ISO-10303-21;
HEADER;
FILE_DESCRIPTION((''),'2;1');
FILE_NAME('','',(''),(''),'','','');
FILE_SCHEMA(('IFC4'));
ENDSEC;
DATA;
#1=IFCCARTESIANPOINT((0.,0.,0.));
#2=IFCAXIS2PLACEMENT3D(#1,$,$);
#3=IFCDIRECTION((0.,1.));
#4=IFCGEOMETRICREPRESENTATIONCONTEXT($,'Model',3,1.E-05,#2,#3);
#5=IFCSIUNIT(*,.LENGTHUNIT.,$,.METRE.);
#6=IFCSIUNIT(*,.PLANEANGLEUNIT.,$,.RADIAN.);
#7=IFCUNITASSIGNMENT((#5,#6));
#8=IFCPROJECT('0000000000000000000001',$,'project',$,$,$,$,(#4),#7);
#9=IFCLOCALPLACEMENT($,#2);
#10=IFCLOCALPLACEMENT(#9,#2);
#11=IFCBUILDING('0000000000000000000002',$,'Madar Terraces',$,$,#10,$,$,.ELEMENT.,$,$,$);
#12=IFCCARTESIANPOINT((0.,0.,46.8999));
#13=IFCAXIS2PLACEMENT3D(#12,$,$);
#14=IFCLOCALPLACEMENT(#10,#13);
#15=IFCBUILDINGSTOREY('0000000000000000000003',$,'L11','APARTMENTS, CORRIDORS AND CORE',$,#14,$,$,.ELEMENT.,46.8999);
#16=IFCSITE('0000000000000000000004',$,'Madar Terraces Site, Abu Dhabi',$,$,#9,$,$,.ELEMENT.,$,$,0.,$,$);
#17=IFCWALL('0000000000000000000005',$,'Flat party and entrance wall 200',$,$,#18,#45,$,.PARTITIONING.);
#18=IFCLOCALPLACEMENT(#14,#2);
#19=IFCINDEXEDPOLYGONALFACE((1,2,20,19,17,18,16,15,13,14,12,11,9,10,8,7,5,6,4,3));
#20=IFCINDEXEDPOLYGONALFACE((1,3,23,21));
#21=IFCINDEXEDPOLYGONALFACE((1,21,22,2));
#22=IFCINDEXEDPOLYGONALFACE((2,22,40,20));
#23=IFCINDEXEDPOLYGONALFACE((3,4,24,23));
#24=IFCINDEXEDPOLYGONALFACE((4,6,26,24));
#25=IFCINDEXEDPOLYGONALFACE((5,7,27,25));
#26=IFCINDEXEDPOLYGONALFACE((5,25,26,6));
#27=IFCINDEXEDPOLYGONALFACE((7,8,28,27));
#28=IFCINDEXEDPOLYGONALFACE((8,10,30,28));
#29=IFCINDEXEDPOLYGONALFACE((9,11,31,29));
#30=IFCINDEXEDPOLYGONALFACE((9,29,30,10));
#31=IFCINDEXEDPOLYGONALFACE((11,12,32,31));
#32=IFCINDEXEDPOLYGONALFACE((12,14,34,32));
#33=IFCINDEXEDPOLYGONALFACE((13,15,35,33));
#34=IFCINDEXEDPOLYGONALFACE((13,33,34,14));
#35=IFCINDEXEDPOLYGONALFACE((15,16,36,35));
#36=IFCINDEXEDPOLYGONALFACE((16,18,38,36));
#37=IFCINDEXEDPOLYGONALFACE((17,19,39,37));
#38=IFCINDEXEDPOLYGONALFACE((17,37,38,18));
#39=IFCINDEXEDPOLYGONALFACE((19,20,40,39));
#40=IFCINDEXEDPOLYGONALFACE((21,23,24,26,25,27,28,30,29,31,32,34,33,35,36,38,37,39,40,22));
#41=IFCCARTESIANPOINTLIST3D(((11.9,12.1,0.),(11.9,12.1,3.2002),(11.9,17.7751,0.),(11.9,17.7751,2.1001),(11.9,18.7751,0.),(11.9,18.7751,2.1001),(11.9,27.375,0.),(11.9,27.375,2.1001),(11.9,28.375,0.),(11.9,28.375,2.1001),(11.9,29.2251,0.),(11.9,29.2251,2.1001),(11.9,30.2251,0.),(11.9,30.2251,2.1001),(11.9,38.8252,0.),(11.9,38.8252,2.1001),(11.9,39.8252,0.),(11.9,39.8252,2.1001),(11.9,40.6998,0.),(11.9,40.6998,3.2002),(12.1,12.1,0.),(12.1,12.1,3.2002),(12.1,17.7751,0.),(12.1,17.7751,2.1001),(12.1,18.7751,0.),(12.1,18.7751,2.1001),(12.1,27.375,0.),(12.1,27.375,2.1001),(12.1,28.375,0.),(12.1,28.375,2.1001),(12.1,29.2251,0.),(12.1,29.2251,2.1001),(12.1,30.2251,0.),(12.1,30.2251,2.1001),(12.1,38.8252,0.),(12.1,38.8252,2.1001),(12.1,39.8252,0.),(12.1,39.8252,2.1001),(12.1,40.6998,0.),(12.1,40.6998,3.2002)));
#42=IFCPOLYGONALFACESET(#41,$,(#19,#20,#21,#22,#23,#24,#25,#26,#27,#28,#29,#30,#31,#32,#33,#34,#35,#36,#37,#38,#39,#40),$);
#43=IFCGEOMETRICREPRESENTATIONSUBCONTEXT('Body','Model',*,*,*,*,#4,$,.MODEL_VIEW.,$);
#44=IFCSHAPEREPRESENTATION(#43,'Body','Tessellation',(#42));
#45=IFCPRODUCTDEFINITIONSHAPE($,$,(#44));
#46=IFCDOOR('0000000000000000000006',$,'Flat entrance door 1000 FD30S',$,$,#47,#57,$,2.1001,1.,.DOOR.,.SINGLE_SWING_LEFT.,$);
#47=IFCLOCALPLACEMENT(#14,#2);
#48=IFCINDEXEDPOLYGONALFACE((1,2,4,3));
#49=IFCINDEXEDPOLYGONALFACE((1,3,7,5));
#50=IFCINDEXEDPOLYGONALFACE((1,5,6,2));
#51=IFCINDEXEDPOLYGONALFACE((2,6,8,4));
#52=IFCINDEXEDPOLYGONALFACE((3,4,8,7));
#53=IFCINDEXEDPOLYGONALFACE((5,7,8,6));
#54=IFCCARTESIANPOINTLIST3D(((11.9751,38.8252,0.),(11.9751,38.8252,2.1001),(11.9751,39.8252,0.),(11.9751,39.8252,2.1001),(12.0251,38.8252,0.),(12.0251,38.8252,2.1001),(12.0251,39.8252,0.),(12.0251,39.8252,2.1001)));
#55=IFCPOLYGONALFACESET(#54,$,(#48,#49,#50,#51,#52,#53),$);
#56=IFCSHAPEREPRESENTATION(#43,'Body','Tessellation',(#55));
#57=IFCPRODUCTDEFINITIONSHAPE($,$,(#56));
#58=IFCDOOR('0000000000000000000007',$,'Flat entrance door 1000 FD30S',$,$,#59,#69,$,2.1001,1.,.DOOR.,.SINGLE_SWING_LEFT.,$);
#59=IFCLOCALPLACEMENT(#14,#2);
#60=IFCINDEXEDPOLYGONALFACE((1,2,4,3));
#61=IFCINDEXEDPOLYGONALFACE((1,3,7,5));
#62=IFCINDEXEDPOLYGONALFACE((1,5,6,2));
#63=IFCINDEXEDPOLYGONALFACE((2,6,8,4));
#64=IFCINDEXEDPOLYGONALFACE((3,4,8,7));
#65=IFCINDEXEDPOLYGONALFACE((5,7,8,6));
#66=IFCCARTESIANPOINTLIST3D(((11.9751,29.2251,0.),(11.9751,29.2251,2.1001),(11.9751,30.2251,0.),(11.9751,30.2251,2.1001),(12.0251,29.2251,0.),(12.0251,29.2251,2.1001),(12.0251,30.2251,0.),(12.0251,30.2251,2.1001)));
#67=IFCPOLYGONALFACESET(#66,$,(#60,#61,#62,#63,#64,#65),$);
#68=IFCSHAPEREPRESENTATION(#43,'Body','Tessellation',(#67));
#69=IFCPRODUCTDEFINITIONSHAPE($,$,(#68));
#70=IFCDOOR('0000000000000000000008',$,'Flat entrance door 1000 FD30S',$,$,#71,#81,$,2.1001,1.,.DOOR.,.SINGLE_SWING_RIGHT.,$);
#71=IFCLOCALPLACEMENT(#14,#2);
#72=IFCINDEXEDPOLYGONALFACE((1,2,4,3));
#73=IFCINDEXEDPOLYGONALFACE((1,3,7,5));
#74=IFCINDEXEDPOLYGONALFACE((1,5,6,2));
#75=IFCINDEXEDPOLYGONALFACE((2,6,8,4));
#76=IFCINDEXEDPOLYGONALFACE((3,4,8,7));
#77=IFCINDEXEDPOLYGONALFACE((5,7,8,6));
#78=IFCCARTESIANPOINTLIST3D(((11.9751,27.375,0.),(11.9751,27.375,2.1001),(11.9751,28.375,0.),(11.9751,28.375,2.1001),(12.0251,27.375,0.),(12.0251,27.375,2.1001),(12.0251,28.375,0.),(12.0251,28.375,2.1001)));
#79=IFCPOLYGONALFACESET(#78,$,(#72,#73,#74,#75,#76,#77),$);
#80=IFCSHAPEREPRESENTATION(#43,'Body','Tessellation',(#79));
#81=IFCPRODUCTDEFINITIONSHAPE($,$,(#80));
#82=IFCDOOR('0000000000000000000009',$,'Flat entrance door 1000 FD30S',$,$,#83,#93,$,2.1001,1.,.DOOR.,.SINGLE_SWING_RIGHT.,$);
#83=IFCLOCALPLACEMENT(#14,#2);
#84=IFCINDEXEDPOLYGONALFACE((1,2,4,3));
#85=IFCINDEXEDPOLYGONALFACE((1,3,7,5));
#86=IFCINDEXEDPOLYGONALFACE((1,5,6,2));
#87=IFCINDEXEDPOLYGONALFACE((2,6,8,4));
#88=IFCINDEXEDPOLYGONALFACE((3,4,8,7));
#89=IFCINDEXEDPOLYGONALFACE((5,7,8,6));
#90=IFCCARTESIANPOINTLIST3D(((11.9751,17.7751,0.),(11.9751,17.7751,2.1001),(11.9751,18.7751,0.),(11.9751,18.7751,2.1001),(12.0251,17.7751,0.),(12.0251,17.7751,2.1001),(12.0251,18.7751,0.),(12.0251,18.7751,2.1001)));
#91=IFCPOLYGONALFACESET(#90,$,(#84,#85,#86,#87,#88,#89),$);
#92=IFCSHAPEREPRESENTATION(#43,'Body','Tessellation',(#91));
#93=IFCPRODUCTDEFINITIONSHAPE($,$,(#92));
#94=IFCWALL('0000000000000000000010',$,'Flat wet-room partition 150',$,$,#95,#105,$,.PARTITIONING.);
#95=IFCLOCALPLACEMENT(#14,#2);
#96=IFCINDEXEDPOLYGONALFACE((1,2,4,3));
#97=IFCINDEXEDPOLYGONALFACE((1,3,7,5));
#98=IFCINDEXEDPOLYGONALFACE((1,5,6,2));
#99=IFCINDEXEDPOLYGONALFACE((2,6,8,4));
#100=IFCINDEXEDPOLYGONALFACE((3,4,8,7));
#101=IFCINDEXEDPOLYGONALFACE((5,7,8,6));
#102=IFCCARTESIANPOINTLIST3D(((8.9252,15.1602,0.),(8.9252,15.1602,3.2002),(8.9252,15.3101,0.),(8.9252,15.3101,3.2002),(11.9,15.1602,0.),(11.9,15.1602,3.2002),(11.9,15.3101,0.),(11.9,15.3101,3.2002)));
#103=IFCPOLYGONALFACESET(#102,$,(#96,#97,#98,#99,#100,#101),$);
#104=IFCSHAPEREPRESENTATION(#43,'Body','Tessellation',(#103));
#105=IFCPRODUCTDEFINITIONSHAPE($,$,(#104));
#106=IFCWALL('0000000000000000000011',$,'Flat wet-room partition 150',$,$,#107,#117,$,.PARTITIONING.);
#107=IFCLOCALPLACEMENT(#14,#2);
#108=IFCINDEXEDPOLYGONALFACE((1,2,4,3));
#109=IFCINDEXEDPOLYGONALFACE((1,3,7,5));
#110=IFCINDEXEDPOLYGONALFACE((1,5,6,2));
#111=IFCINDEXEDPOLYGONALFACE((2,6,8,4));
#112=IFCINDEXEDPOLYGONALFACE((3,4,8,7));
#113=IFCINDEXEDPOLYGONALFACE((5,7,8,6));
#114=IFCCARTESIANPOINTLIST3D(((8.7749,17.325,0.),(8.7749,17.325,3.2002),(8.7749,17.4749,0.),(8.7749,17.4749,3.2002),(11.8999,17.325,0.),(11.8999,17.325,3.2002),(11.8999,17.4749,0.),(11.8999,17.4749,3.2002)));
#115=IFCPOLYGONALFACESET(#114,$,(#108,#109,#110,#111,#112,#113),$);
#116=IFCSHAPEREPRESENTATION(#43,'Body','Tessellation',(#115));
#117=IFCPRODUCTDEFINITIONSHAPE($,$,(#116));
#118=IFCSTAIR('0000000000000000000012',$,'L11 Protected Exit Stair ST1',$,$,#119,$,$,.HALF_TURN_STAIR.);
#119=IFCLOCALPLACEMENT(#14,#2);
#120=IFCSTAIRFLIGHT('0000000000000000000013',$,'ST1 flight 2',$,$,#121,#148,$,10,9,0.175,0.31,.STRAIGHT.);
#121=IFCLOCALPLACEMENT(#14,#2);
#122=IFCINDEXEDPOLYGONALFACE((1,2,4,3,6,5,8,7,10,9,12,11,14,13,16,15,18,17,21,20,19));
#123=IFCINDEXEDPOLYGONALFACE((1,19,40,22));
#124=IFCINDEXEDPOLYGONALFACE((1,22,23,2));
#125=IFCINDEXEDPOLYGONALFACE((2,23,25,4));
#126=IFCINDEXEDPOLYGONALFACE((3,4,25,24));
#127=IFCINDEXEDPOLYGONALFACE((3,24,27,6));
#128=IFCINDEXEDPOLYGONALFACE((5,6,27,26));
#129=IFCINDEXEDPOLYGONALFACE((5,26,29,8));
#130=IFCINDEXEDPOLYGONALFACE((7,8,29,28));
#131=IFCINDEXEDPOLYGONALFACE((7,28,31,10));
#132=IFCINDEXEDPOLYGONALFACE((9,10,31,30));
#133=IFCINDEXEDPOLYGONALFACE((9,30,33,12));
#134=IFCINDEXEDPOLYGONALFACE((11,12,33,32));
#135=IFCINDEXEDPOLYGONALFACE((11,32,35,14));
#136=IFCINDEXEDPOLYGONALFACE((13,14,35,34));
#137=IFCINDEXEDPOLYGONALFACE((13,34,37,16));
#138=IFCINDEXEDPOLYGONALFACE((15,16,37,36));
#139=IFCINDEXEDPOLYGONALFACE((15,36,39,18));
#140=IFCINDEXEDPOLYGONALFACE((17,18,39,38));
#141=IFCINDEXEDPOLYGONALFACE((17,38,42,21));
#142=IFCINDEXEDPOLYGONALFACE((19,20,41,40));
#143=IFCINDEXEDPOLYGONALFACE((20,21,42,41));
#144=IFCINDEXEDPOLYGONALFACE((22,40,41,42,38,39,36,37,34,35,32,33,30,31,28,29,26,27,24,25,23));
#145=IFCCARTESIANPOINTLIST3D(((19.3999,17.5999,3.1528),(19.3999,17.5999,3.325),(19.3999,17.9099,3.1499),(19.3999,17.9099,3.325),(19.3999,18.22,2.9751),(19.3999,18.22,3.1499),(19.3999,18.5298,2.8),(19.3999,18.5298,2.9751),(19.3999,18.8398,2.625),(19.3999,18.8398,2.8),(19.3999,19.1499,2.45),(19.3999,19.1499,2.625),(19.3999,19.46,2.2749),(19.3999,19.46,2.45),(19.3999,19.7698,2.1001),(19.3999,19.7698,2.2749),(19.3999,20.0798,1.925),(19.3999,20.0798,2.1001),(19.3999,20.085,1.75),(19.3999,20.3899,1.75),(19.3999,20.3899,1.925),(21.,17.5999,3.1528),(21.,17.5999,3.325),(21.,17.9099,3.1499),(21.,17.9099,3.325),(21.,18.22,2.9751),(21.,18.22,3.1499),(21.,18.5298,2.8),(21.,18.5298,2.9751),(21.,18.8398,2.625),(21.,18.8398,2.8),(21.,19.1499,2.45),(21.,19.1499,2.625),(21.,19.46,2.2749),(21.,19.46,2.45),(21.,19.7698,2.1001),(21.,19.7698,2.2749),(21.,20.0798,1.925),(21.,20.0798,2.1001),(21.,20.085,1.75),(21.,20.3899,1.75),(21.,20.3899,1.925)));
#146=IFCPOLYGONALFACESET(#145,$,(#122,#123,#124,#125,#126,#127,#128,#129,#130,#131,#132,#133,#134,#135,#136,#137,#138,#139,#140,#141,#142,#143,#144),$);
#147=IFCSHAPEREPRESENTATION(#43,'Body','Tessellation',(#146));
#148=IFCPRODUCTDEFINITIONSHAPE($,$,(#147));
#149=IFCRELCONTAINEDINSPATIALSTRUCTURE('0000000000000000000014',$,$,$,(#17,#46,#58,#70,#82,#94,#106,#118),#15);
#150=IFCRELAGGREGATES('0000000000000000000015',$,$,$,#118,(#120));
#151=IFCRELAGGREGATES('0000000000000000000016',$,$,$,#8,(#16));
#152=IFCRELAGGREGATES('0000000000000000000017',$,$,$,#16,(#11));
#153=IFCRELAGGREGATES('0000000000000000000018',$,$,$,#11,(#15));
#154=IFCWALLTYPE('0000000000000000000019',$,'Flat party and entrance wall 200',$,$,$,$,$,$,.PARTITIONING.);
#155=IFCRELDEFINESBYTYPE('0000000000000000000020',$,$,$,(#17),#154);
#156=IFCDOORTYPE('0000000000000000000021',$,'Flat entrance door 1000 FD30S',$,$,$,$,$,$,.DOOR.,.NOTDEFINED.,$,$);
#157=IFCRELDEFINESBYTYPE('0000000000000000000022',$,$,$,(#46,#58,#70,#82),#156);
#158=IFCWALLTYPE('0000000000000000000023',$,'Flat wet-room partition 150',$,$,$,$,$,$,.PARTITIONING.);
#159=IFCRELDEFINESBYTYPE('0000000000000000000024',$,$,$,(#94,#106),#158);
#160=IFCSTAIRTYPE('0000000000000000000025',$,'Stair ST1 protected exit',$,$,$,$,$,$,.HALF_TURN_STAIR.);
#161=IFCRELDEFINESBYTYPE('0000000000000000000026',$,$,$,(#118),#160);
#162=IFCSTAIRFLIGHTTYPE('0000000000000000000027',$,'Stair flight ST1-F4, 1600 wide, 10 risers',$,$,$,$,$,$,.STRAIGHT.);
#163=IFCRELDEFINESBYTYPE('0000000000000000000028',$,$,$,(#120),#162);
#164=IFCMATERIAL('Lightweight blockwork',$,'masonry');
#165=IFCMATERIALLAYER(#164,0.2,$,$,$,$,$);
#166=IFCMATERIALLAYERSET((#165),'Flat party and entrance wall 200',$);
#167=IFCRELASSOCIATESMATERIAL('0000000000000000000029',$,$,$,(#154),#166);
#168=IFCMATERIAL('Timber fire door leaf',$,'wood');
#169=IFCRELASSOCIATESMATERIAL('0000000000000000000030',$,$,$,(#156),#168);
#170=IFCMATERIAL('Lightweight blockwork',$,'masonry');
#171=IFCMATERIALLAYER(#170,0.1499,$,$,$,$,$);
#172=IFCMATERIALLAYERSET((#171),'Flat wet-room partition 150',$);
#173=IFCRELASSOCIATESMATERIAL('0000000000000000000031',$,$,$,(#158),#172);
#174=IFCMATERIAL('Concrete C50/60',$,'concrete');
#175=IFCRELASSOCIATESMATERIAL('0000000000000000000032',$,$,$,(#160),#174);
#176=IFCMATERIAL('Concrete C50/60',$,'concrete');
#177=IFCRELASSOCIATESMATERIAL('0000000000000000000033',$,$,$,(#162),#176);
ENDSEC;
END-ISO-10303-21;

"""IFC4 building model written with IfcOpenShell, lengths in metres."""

from ifc_helpers import new_model, si_unit, direction, frame, frame_2d, origin, place, context, subcontext, project, spatial, polyline, rectangle, outline, extrude, material, layer, layer_set, type_object, element, fill, aggregate, save


model = new_model("IFC4")

# Units and contexts
model_context = context("Model", 3, precision=1e-05, world=origin(), true_north=direction((0.0, 1.0)))
body_context = subcontext(model_context, "Body", "Model", "MODEL_VIEW")
ifc_project = project(units=[si_unit("LENGTHUNIT", "METRE"), si_unit("PLANEANGLEUNIT", "RADIAN")], contexts=[model_context])

# Site, building, storey
site_placement = place(None, origin())
site = spatial("IfcSite", under=ifc_project, at=site_placement, Name="Madar Terraces Site, Abu Dhabi", CompositionType="ELEMENT", RefElevation=0.0)
building_placement = place(site_placement, origin())
building = spatial("IfcBuilding", under=site, at=building_placement, Name="Madar Terraces", CompositionType="ELEMENT")
storey_placement = place(building_placement, frame((0.0, 0.0, 46.8999)))
storey = spatial("IfcBuildingStorey", under=building, at=storey_placement, Name="L11", Description="APARTMENTS, CORRIDORS AND CORE", CompositionType="ELEMENT", Elevation=46.8999)

# Wall, openings, doors
ifc_material_1 = material(Name="Lightweight blockwork", Category="masonry")
ifc_layer_1 = layer(ifc_material_1, 0.2)
ifc_layer_set_1 = layer_set([ifc_layer_1], Name="Flat party and entrance wall 200")
wall_type_1 = type_object("IfcWallType", Name="Flat party and entrance wall 200", PredefinedType="PARTITIONING", material=ifc_layer_set_1)
wall_1_placement = place(storey_placement, frame((12.0, 12.1001, 0.0), z_axis=(0.0, 0.0, 1.0), x_axis=(0.0, 1.0, 0.0)))
wall_1 = element("IfcWall", 1, at=wall_1_placement, inside=storey, type_object=wall_type_1, Name="Flat party and entrance wall 200", PredefinedType="PARTITIONING", context=body_context, shape_type="SweptSolid", body=[
    extrude(rectangle(XDim=28.5999, YDim=0.2, at=frame_2d((14.2998, 0.0))), origin(), (0.0, 0.0, 1.0), 3.2002),
])
opening_1_placement = place(wall_1_placement, frame((26.7251, 0.0, 0.0)))
opening_1 = element("IfcOpeningElement", 2, at=opening_1_placement, cuts=wall_1, PredefinedType="OPENING", context=body_context, shape_type="SweptSolid", body=[
    extrude(rectangle(XDim=1.0, YDim=2.1001, at=frame_2d((0.5, 1.05))), frame((0.0, 0.1099, 0.0), z_axis=(0.0, -1.0, 0.0), x_axis=(1.0, 0.0, 0.0)), (0.0, 0.0, 1.0), 0.22),
])
opening_2_placement = place(wall_1_placement, frame((17.125, 0.0, 0.0)))
opening_2 = element("IfcOpeningElement", 3, at=opening_2_placement, cuts=wall_1, PredefinedType="OPENING", context=body_context, shape_type="SweptSolid", body=[
    extrude(rectangle(XDim=1.0, YDim=2.1001, at=frame_2d((0.5, 1.05))), frame((0.0, 0.1099, 0.0), z_axis=(0.0, -1.0, 0.0), x_axis=(1.0, 0.0, 0.0)), (0.0, 0.0, 1.0), 0.22),
])
opening_3_placement = place(wall_1_placement, frame((15.2749, 0.0, 0.0)))
opening_3 = element("IfcOpeningElement", 4, at=opening_3_placement, cuts=wall_1, PredefinedType="OPENING", context=body_context, shape_type="SweptSolid", body=[
    extrude(rectangle(XDim=1.0, YDim=2.1001, at=frame_2d((0.5, 1.05))), frame((0.0, 0.1099, 0.0), z_axis=(0.0, -1.0, 0.0), x_axis=(1.0, 0.0, 0.0)), (0.0, 0.0, 1.0), 0.22),
])
opening_4_placement = place(wall_1_placement, frame((5.675, 0.0, 0.0)))
opening_4 = element("IfcOpeningElement", 5, at=opening_4_placement, cuts=wall_1, PredefinedType="OPENING", context=body_context, shape_type="SweptSolid", body=[
    extrude(rectangle(XDim=1.0, YDim=2.1001, at=frame_2d((0.5, 1.05))), frame((0.0, 0.1099, 0.0), z_axis=(0.0, -1.0, 0.0), x_axis=(1.0, 0.0, 0.0)), (0.0, 0.0, 1.0), 0.22),
])
ifc_material_2 = material(Name="Timber fire door leaf", Category="wood")
door_type_1 = type_object("IfcDoorType", Name="Flat entrance door 1000 FD30S", OperationType="NOTDEFINED", PredefinedType="DOOR", material=ifc_material_2)
door_1_placement = place(opening_1_placement, origin())
door_1 = element("IfcDoor", 6, at=door_1_placement, inside=storey, type_object=door_type_1, Name="Flat entrance door 1000 FD30S", OperationType="SINGLE_SWING_LEFT", OverallHeight=2.1001, OverallWidth=1.0, PredefinedType="DOOR", context=body_context, shape_type="SweptSolid", body=[
    extrude(rectangle(XDim=1.0, YDim=2.1001, at=frame_2d((0.5, 1.05))), frame((0.0, 0.0249, 0.0), z_axis=(0.0, -1.0, 0.0), x_axis=(1.0, 0.0, 0.0)), (0.0, 0.0, 1.0), 0.05),
])
fill(opening_1, door_1)
door_2_placement = place(opening_2_placement, origin())
door_2 = element("IfcDoor", 7, at=door_2_placement, inside=storey, type_object=door_type_1, Name="Flat entrance door 1000 FD30S", OperationType="SINGLE_SWING_LEFT", OverallHeight=2.1001, OverallWidth=1.0, PredefinedType="DOOR", context=body_context, shape_type="SweptSolid", body=[
    extrude(rectangle(XDim=1.0, YDim=2.1001, at=frame_2d((0.5, 1.05))), frame((0.0, 0.0249, 0.0), z_axis=(0.0, -1.0, 0.0), x_axis=(1.0, 0.0, 0.0)), (0.0, 0.0, 1.0), 0.05),
])
fill(opening_2, door_2)
door_3_placement = place(opening_3_placement, origin())
door_3 = element("IfcDoor", 8, at=door_3_placement, inside=storey, type_object=door_type_1, Name="Flat entrance door 1000 FD30S", OperationType="SINGLE_SWING_RIGHT", OverallHeight=2.1001, OverallWidth=1.0, PredefinedType="DOOR", context=body_context, shape_type="SweptSolid", body=[
    extrude(rectangle(XDim=1.0, YDim=2.1001, at=frame_2d((0.5, 1.05))), frame((0.0, 0.0249, 0.0), z_axis=(0.0, -1.0, 0.0), x_axis=(1.0, 0.0, 0.0)), (0.0, 0.0, 1.0), 0.05),
])
fill(opening_3, door_3)
door_4_placement = place(opening_4_placement, origin())
door_4 = element("IfcDoor", 9, at=door_4_placement, inside=storey, type_object=door_type_1, Name="Flat entrance door 1000 FD30S", OperationType="SINGLE_SWING_RIGHT", OverallHeight=2.1001, OverallWidth=1.0, PredefinedType="DOOR", context=body_context, shape_type="SweptSolid", body=[
    extrude(rectangle(XDim=1.0, YDim=2.1001, at=frame_2d((0.5, 1.05))), frame((0.0, 0.0249, 0.0), z_axis=(0.0, -1.0, 0.0), x_axis=(1.0, 0.0, 0.0)), (0.0, 0.0, 1.0), 0.05),
])
fill(opening_4, door_4)

# Walls
ifc_material_3 = material(Name="Lightweight blockwork", Category="masonry")
ifc_layer_2 = layer(ifc_material_3, 0.1499)
ifc_layer_set_2 = layer_set([ifc_layer_2], Name="Flat wet-room partition 150")
wall_type_2 = type_object("IfcWallType", Name="Flat wet-room partition 150", PredefinedType="PARTITIONING", material=ifc_layer_set_2)
wall_2_placement = place(storey_placement, frame((11.8999, 15.2351, 0.0), z_axis=(0.0, 0.0, 1.0), x_axis=(-1.0, 0.0, 0.0)))
element("IfcWall", 10, at=wall_2_placement, inside=storey, type_object=wall_type_2, Name="Flat wet-room partition 150", PredefinedType="PARTITIONING", context=body_context, shape_type="SweptSolid", body=[
    extrude(rectangle(XDim=2.9749, YDim=0.1499, at=frame_2d((1.4873, 0.0))), origin(), (0.0, 0.0, 1.0), 3.2002),
])
wall_3_placement = place(storey_placement, frame((11.8999, 17.3999, 0.0), z_axis=(0.0, 0.0, 1.0), x_axis=(-1.0, 0.0, 0.0)))
element("IfcWall", 11, at=wall_3_placement, inside=storey, type_object=wall_type_2, Name="Flat wet-room partition 150", PredefinedType="PARTITIONING", context=body_context, shape_type="SweptSolid", body=[
    extrude(rectangle(XDim=3.125, YDim=0.1499, at=frame_2d((1.5625, 0.0))), origin(), (0.0, 0.0, 1.0), 3.2002),
])

# Stair, stair flight
ifc_material_4 = material(Name="Concrete C50/60", Category="concrete")
stair_type = type_object("IfcStairType", Name="Stair ST1 protected exit", PredefinedType="HALF_TURN_STAIR", material=ifc_material_4)
stair_placement = place(storey_placement, origin())
stair = element("IfcStair", 12, at=stair_placement, inside=storey, type_object=stair_type, Name="L11 Protected Exit Stair ST1", PredefinedType="HALF_TURN_STAIR")
ifc_material_5 = material(Name="Concrete C50/60", Category="concrete")
stair_flight_type = type_object("IfcStairFlightType", Name="Stair flight ST1-F4, 1600 wide, 10 risers", PredefinedType="STRAIGHT", material=ifc_material_5)
stair_flight_placement = place(storey_placement, frame((20.2, 20.3899, 1.75), z_axis=(0.0, 0.0, 1.0), x_axis=(0.0, -1.0, 0.0)))
stair_flight = element("IfcStairFlight", 13, at=stair_flight_placement, type_object=stair_flight_type, Name="ST1 flight 2", NumberOfRisers=10, NumberOfTreads=9, PredefinedType="STRAIGHT", RiserHeight=0.175, TreadLength=0.31, context=body_context, shape_type="SweptSolid", body=[
    extrude(outline(polyline([(0.0, 0.0), (0.0, 0.175), (0.3101, 0.175), (0.3101, 0.3501), (0.6201, 0.3501), (0.6201, 0.5249), (0.9299, 0.5249), (0.9299, 0.7), (1.24, 0.7), (1.24, 0.875), (1.55, 0.875), (1.55, 1.05), (1.8601, 1.05), (1.8601, 1.2251), (2.1699, 1.2251), (2.1699, 1.3999), (2.48, 1.3999), (2.48, 1.575), (2.79, 1.575), (2.79, 1.75), (2.79, 1.4028), (0.3049, 0.0), (0.0, 0.0)])), frame((0.0, 0.8, 0.0), z_axis=(0.0, -1.0, 0.0), x_axis=(1.0, 0.0, 0.0)), (0.0, 0.0, 1.0), 1.6001),
])
aggregate(stair, [stair_flight])

save(model, "model.ifc")
